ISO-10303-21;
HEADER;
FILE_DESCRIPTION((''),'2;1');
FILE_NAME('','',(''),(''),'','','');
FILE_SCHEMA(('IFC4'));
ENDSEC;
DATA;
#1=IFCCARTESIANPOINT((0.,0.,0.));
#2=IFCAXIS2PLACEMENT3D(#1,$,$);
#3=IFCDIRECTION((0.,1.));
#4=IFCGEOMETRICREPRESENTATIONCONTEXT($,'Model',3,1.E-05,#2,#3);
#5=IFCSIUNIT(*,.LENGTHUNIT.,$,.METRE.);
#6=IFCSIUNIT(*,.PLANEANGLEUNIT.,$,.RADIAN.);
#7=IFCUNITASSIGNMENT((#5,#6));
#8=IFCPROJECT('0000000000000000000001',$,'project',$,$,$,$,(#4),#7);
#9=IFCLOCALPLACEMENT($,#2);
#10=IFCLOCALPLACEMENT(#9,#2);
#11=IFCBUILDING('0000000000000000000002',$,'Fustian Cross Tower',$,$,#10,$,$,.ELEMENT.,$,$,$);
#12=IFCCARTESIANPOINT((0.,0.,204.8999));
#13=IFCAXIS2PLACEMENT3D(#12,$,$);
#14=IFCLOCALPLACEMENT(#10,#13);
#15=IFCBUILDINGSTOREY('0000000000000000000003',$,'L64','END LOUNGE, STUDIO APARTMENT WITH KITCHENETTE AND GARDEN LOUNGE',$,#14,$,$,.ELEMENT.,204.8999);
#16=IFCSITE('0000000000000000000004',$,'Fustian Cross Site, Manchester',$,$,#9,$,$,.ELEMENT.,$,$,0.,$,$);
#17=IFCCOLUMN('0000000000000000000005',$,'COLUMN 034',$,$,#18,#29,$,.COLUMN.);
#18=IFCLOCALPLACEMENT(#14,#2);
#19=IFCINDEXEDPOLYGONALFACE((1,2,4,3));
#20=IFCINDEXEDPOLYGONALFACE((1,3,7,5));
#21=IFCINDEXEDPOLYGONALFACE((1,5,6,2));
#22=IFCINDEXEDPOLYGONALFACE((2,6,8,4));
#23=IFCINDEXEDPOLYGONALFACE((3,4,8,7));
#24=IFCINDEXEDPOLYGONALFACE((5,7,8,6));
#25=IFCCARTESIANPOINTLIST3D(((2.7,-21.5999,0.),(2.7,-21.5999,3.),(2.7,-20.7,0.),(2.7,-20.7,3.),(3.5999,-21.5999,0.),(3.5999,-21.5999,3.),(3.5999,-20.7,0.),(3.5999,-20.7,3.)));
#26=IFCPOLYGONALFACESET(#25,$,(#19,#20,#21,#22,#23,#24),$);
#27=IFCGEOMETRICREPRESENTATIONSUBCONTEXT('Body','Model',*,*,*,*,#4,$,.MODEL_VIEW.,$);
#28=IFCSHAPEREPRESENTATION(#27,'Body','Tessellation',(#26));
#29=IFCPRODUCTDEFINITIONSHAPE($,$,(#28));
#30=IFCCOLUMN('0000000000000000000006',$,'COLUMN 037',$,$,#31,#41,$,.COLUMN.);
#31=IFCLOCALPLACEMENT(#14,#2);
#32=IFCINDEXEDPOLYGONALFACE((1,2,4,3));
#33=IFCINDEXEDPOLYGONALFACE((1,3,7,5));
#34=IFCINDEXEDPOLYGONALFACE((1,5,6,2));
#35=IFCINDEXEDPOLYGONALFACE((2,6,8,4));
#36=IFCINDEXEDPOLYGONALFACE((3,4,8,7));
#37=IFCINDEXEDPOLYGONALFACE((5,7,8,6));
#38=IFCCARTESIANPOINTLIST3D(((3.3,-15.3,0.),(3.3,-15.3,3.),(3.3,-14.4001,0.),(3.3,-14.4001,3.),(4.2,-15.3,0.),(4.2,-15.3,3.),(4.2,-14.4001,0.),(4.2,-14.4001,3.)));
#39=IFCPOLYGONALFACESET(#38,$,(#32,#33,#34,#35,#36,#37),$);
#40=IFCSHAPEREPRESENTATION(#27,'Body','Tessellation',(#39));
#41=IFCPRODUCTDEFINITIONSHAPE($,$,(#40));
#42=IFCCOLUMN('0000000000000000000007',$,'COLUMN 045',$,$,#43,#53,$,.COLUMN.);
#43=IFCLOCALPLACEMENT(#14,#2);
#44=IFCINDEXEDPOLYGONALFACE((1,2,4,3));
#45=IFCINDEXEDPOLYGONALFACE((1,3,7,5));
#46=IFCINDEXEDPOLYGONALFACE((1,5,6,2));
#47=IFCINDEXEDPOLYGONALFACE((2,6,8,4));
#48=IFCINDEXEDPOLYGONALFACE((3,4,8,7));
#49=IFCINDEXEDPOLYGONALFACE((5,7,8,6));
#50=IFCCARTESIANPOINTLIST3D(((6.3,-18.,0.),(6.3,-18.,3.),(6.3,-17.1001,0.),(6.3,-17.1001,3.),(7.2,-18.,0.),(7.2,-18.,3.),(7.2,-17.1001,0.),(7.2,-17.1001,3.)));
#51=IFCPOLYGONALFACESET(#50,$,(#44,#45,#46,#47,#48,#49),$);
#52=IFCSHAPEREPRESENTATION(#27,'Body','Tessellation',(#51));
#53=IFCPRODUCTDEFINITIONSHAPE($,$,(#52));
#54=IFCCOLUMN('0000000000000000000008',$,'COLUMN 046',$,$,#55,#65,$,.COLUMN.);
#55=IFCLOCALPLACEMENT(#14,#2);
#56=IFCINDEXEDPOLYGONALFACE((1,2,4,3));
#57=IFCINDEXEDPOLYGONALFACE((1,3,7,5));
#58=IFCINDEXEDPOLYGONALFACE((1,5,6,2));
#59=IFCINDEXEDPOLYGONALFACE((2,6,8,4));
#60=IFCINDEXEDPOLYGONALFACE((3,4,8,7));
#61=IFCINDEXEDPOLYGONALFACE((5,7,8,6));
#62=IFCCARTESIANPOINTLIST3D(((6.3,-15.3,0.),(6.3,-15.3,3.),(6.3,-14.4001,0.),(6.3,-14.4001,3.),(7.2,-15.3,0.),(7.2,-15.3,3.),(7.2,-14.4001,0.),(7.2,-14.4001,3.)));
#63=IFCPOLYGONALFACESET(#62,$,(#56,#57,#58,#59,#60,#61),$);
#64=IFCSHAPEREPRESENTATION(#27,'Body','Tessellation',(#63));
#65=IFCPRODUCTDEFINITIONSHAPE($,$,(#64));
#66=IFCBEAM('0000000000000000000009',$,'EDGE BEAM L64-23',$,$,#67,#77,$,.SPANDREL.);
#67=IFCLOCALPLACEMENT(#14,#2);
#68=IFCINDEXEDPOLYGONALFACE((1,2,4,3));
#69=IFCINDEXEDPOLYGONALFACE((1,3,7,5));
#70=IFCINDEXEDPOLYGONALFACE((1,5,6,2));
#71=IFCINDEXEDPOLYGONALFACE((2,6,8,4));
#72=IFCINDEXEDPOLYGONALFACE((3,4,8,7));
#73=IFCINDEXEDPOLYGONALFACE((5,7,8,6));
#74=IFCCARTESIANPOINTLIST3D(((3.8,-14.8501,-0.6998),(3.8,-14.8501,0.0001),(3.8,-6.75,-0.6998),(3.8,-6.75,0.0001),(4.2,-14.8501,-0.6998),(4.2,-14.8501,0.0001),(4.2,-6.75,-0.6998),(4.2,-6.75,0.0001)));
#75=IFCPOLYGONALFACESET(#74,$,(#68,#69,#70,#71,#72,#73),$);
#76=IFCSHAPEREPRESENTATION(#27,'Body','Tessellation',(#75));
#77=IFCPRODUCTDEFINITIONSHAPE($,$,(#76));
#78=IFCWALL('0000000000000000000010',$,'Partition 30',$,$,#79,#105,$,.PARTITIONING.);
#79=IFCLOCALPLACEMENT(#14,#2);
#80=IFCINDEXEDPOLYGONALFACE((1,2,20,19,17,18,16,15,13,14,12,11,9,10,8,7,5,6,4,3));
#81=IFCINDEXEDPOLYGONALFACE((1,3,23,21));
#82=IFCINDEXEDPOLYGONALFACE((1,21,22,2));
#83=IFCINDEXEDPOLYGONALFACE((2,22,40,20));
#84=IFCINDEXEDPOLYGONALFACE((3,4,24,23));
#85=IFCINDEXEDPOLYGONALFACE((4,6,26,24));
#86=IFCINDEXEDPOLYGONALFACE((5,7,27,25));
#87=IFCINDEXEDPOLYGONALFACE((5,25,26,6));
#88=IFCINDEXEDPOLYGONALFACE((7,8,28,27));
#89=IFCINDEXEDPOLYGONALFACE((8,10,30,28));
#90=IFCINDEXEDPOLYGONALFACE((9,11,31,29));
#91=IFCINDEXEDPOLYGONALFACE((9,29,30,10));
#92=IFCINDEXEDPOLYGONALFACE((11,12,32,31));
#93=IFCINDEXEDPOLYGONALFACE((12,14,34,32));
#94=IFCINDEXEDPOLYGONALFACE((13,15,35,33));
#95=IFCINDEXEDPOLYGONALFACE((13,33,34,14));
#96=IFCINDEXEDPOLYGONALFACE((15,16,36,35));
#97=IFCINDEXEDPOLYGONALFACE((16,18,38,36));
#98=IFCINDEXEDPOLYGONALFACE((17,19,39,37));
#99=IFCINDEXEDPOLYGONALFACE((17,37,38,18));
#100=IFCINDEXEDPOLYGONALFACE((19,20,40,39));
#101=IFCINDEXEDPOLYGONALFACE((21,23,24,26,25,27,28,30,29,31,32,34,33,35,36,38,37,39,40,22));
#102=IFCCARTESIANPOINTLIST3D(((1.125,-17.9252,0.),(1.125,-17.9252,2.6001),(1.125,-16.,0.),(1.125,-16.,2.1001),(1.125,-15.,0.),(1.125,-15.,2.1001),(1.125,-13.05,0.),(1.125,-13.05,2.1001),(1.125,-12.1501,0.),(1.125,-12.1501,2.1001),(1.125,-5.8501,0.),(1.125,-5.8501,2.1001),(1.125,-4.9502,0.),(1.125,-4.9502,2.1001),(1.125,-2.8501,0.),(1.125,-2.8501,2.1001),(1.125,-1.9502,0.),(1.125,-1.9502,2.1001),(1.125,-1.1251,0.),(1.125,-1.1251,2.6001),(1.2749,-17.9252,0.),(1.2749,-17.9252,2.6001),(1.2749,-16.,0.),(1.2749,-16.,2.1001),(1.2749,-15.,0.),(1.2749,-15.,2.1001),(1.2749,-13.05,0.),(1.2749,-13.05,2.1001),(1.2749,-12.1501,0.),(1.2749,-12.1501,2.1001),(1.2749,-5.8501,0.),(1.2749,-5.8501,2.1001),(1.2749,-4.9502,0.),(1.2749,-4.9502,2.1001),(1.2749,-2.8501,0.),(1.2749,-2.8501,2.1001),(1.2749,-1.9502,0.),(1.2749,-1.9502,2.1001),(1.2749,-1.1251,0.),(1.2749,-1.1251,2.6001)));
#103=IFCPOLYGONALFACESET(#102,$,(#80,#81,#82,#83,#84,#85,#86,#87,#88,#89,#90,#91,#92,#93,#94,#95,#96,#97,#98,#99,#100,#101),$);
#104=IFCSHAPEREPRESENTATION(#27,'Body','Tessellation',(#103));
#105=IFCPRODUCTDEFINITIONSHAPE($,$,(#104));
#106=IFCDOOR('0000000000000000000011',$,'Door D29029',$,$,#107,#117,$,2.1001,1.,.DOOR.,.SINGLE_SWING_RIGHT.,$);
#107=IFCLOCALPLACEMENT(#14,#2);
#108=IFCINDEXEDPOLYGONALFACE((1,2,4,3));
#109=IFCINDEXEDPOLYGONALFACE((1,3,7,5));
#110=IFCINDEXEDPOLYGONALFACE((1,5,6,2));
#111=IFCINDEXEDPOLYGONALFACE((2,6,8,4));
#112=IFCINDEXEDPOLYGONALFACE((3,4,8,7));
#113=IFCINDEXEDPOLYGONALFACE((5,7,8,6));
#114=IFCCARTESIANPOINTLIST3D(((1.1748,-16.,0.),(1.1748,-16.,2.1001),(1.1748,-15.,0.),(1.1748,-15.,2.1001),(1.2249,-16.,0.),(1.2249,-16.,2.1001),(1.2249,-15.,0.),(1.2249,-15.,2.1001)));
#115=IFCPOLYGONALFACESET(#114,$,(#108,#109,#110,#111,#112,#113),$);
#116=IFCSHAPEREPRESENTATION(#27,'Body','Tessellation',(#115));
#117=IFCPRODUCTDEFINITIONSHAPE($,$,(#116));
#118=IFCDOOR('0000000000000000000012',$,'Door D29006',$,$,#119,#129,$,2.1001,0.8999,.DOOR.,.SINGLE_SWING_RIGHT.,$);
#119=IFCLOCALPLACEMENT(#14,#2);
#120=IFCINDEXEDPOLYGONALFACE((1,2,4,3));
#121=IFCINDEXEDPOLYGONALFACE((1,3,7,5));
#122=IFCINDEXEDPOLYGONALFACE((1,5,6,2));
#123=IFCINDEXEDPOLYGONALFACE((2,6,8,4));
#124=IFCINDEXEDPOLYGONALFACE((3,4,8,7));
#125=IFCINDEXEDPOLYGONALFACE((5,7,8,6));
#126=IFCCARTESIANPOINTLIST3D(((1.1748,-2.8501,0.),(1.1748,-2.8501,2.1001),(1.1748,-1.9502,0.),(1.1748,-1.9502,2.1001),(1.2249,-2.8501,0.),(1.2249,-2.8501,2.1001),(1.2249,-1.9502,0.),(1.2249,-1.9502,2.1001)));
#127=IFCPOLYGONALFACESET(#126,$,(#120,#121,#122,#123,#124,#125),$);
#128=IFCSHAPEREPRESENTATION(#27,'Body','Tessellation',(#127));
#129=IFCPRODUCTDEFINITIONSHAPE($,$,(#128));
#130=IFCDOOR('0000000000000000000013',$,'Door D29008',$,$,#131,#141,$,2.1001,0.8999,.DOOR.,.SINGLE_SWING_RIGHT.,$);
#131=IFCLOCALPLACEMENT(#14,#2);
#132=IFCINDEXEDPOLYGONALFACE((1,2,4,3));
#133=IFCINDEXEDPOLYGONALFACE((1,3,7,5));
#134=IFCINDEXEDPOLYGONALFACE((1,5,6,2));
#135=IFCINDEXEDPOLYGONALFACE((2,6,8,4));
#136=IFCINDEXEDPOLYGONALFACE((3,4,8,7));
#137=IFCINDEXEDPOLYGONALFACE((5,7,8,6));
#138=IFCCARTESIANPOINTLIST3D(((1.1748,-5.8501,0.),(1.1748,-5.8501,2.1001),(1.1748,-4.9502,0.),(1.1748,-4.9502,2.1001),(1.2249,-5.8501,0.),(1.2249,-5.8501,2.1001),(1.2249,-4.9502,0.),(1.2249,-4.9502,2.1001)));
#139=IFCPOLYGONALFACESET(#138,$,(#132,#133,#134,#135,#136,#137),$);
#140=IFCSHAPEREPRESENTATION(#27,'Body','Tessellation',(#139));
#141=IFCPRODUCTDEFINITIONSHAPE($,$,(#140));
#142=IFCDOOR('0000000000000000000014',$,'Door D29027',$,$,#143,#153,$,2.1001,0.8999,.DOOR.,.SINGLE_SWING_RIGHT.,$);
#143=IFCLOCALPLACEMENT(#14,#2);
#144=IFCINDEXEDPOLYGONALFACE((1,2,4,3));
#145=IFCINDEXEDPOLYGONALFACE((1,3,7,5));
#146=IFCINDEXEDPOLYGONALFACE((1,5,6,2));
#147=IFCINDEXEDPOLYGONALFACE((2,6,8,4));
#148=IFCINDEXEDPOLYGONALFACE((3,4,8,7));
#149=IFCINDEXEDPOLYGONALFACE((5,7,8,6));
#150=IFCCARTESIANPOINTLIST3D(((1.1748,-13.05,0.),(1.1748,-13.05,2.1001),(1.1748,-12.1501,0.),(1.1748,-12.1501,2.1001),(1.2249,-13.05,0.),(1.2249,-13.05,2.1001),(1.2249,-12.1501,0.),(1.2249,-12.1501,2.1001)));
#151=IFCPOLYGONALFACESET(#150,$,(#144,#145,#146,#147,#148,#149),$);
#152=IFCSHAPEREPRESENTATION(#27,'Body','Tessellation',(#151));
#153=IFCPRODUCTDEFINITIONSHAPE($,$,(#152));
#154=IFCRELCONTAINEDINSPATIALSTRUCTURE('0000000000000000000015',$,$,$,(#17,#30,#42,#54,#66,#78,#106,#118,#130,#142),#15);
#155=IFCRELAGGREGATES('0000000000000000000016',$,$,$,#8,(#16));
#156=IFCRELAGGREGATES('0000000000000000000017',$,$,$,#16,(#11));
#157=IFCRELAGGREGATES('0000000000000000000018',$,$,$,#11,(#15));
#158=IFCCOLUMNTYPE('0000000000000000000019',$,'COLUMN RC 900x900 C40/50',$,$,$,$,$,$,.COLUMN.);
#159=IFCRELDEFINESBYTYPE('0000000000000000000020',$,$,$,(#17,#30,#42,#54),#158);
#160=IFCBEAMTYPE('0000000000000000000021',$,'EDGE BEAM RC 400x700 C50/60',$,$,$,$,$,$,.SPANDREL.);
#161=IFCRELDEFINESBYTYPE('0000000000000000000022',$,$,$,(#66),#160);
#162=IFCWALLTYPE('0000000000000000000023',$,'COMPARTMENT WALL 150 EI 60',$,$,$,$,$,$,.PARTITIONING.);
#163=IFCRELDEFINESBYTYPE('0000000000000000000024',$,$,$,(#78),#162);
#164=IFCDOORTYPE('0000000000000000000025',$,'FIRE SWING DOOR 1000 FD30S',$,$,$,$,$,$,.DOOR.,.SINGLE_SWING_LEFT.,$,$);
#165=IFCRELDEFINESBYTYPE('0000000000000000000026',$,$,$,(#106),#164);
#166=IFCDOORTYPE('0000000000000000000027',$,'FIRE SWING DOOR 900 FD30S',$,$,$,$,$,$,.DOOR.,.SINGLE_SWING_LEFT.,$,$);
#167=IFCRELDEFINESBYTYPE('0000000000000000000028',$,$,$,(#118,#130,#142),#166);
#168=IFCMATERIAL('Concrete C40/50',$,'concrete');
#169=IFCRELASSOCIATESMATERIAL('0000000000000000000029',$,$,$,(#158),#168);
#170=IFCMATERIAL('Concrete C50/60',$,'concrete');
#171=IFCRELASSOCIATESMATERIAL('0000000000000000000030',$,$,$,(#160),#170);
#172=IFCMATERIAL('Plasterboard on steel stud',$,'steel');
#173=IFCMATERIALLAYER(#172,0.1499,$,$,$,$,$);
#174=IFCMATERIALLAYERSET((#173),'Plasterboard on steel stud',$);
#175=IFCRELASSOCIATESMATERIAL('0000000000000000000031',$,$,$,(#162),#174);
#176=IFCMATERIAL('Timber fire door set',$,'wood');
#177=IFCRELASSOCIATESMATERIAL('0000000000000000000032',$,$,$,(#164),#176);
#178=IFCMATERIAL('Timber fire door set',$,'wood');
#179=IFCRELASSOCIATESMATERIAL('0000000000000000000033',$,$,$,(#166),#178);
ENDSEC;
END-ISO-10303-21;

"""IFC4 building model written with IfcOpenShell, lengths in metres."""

from ifc_helpers import new_model, si_unit, direction, frame, frame_2d, origin, origin_2d, place, context, subcontext, project, spatial, rectangle, extrude, material, layer, layer_set, material_profile, profile_set, type_object, element, fill, save


model = new_model("IFC4")

# Units and contexts
model_context = context("Model", 3, precision=1e-05, world=origin(), true_north=direction((0.0, 1.0)))
body_context = subcontext(model_context, "Body", "Model", "MODEL_VIEW")
ifc_project = project(units=[si_unit("LENGTHUNIT", "METRE"), si_unit("PLANEANGLEUNIT", "RADIAN")], contexts=[model_context])

# Site, building, storey
site_placement = place(None, origin())
site = spatial("IfcSite", under=ifc_project, at=site_placement, Name="Fustian Cross Site, Manchester", CompositionType="ELEMENT", RefElevation=0.0)
building_placement = place(site_placement, origin())
building = spatial("IfcBuilding", under=site, at=building_placement, Name="Fustian Cross Tower", CompositionType="ELEMENT")
storey_placement = place(building_placement, frame((0.0, 0.0, 204.8999)))
storey = spatial("IfcBuildingStorey", under=building, at=storey_placement, Name="L64", Description="END LOUNGE, STUDIO APARTMENT WITH KITCHENETTE AND GARDEN LOUNGE", CompositionType="ELEMENT", Elevation=204.8999)

# Columns
ifc_material_1 = material(Name="Concrete C40/50", Category="concrete")
ifc_material_profile_1 = material_profile(ifc_material_1, rectangle(XDim=0.8999, YDim=0.8999, at=origin_2d()), Name="RC 900x900")
ifc_profile_set_1 = profile_set([ifc_material_profile_1], Name="Concrete C40/50")
column_type = type_object("IfcColumnType", Name="COLUMN RC 900x900 C40/50", PredefinedType="COLUMN", material=ifc_profile_set_1)
for number, where, z_axis, x_axis, name in (
    (1, (3.1499, -21.1499, 0.0), (0.0, 0.0, 1.0), (1.0, 0.0, 0.0), "COLUMN 034"),
    (2, (3.75, -14.8501, 0.0), (0.0, 0.0, 1.0), (1.0, 0.0, 0.0), "COLUMN 037"),
    (3, (6.75, -17.55, 0.0), (0.0, 0.0, 1.0), (1.0, 0.0, 0.0), "COLUMN 045"),
    (4, (6.75, -14.8501, 0.0), (0.0, 0.0, 1.0), (1.0, 0.0, 0.0), "COLUMN 046"),
):
    element("IfcColumn", number, at=place(storey_placement, frame(where, z_axis=z_axis, x_axis=x_axis)), inside=storey, type_object=column_type, Name=name, PredefinedType="COLUMN", context=body_context, shape_type="SweptSolid", body=[
        extrude(rectangle(XDim=0.8999, YDim=0.8999, at=origin_2d()), origin(), (0.0, 0.0, 1.0), 3.0),
    ])

# Beam
ifc_material_2 = material(Name="Concrete C50/60", Category="concrete")
ifc_material_profile_2 = material_profile(ifc_material_2, rectangle(XDim=0.3999, YDim=0.7, at=origin_2d()), Name="RC 400x700")
ifc_profile_set_2 = profile_set([ifc_material_profile_2], Name="Concrete C50/60")
beam_type = type_object("IfcBeamType", Name="EDGE BEAM RC 400x700 C50/60", PredefinedType="SPANDREL", material=ifc_profile_set_2)
beam_placement = place(storey_placement, frame((4.0, -14.8501, -0.3499), z_axis=(0.0, 1.0, 0.0), x_axis=(-1.0, 0.0, 0.0)))
element("IfcBeam", 5, at=beam_placement, inside=storey, type_object=beam_type, Name="EDGE BEAM L64-23", PredefinedType="SPANDREL", context=body_context, shape_type="SweptSolid", body=[
    extrude(rectangle(XDim=0.3999, YDim=0.7, at=origin_2d()), origin(), (0.0, 0.0, 1.0), 8.1001),
])

# Wall, openings, doors
ifc_material_3 = material(Name="Plasterboard on steel stud", Category="steel")
ifc_layer_1 = layer(ifc_material_3, 0.1499)
ifc_layer_set_1 = layer_set([ifc_layer_1], Name="Plasterboard on steel stud")
wall_type_1 = type_object("IfcWallType", Name="COMPARTMENT WALL 150 EI 60", PredefinedType="PARTITIONING", material=ifc_layer_set_1)
wall_1_placement = place(storey_placement, frame((1.2, -17.925, 0.0), z_axis=(0.0, 0.0, 1.0), x_axis=(0.0, 1.0, 0.0)))
wall_1 = element("IfcWall", 6, at=wall_1_placement, inside=storey, type_object=wall_type_1, Name="Partition 30", PredefinedType="PARTITIONING", context=body_context, shape_type="SweptSolid", body=[
    extrude(rectangle(XDim=16.8, YDim=0.1499, at=frame_2d((8.3999, 0.0))), origin(), (0.0, 0.0, 1.0), 2.6001),
])
opening_1_placement = place(wall_1_placement, frame((15.075, 0.0, 0.0)))
opening_1 = element("IfcOpeningElement", 7, at=opening_1_placement, cuts=wall_1, PredefinedType="OPENING", context=body_context, shape_type="SweptSolid", body=[
    extrude(rectangle(XDim=0.8999, YDim=2.1001, at=frame_2d((0.45, 1.05))), frame((0.0, 0.085, 0.0), z_axis=(0.0, -1.0, 0.0), x_axis=(1.0, 0.0, 0.0)), (0.0, 0.0, 1.0), 0.1699),
])
opening_2_placement = place(wall_1_placement, frame((12.075, 0.0, 0.0)))
opening_2 = element("IfcOpeningElement", 8, at=opening_2_placement, cuts=wall_1, PredefinedType="OPENING", context=body_context, shape_type="SweptSolid", body=[
    extrude(rectangle(XDim=0.8999, YDim=2.1001, at=frame_2d((0.45, 1.05))), frame((0.0, 0.085, 0.0), z_axis=(0.0, -1.0, 0.0), x_axis=(1.0, 0.0, 0.0)), (0.0, 0.0, 1.0), 0.1699),
])
opening_3_placement = place(wall_1_placement, frame((4.875, 0.0, 0.0)))
opening_3 = element("IfcOpeningElement", 9, at=opening_3_placement, cuts=wall_1, PredefinedType="OPENING", context=body_context, shape_type="SweptSolid", body=[
    extrude(rectangle(XDim=0.8999, YDim=2.1001, at=frame_2d((0.45, 1.05))), frame((0.0, 0.085, 0.0), z_axis=(0.0, -1.0, 0.0), x_axis=(1.0, 0.0, 0.0)), (0.0, 0.0, 1.0), 0.1699),
])
opening_4_placement = place(wall_1_placement, frame((1.925, 0.0, 0.0)))
opening_4 = element("IfcOpeningElement", 10, at=opening_4_placement, cuts=wall_1, PredefinedType="OPENING", context=body_context, shape_type="SweptSolid", body=[
    extrude(rectangle(XDim=1.0, YDim=2.1001, at=frame_2d((0.5, 1.05))), frame((0.0, 0.085, 0.0), z_axis=(0.0, -1.0, 0.0), x_axis=(1.0, 0.0, 0.0)), (0.0, 0.0, 1.0), 0.1699),
])
ifc_material_4 = material(Name="Timber fire door set", Category="wood")
door_type_1 = type_object("IfcDoorType", Name="FIRE SWING DOOR 1000 FD30S", OperationType="SINGLE_SWING_LEFT", PredefinedType="DOOR", material=ifc_material_4)
door_1_placement = place(opening_4_placement, frame((1.0, 0.0, 0.0), z_axis=(0.0, 0.0, 1.0), x_axis=(-1.0, 0.0, 0.0)))
door_1 = element("IfcDoor", 11, at=door_1_placement, inside=storey, type_object=door_type_1, Name="Door D29029", OperationType="SINGLE_SWING_RIGHT", OverallHeight=2.1001, OverallWidth=1.0, PredefinedType="DOOR", context=body_context, shape_type="SweptSolid", body=[
    extrude(rectangle(XDim=1.0, YDim=2.1001, at=frame_2d((0.5, 1.05))), frame((0.0, 0.0249, 0.0), z_axis=(0.0, -1.0, 0.0), x_axis=(1.0, 0.0, 0.0)), (0.0, 0.0, 1.0), 0.05),
])
fill(opening_4, door_1)
ifc_material_5 = material(Name="Timber fire door set", Category="wood")
door_type_2 = type_object("IfcDoorType", Name="FIRE SWING DOOR 900 FD30S", OperationType="SINGLE_SWING_LEFT", PredefinedType="DOOR", material=ifc_material_5)
door_2_placement = place(opening_1_placement, frame((0.8999, 0.0, 0.0), z_axis=(0.0, 0.0, 1.0), x_axis=(-1.0, 0.0, 0.0)))
door_2 = element("IfcDoor", 12, at=door_2_placement, inside=storey, type_object=door_type_2, Name="Door D29006", OperationType="SINGLE_SWING_RIGHT", OverallHeight=2.1001, OverallWidth=0.8999, PredefinedType="DOOR", context=body_context, shape_type="SweptSolid", body=[
    extrude(rectangle(XDim=0.8999, YDim=2.1001, at=frame_2d((0.45, 1.05))), frame((0.0, 0.0249, 0.0), z_axis=(0.0, -1.0, 0.0), x_axis=(1.0, 0.0, 0.0)), (0.0, 0.0, 1.0), 0.05),
])
fill(opening_1, door_2)
door_3_placement = place(opening_2_placement, frame((0.8999, 0.0, 0.0), z_axis=(0.0, 0.0, 1.0), x_axis=(-1.0, 0.0, 0.0)))
door_3 = element("IfcDoor", 13, at=door_3_placement, inside=storey, type_object=door_type_2, Name="Door D29008", OperationType="SINGLE_SWING_RIGHT", OverallHeight=2.1001, OverallWidth=0.8999, PredefinedType="DOOR", context=body_context, shape_type="SweptSolid", body=[
    extrude(rectangle(XDim=0.8999, YDim=2.1001, at=frame_2d((0.45, 1.05))), frame((0.0, 0.0249, 0.0), z_axis=(0.0, -1.0, 0.0), x_axis=(1.0, 0.0, 0.0)), (0.0, 0.0, 1.0), 0.05),
])
fill(opening_2, door_3)
door_4_placement = place(opening_3_placement, frame((0.8999, 0.0, 0.0), z_axis=(0.0, 0.0, 1.0), x_axis=(-1.0, 0.0, 0.0)))
door_4 = element("IfcDoor", 14, at=door_4_placement, inside=storey, type_object=door_type_2, Name="Door D29027", OperationType="SINGLE_SWING_RIGHT", OverallHeight=2.1001, OverallWidth=0.8999, PredefinedType="DOOR", context=body_context, shape_type="SweptSolid", body=[
    extrude(rectangle(XDim=0.8999, YDim=2.1001, at=frame_2d((0.45, 1.05))), frame((0.0, 0.0249, 0.0), z_axis=(0.0, -1.0, 0.0), x_axis=(1.0, 0.0, 0.0)), (0.0, 0.0, 1.0), 0.05),
])
fill(opening_3, door_4)

save(model, "model.ifc")
